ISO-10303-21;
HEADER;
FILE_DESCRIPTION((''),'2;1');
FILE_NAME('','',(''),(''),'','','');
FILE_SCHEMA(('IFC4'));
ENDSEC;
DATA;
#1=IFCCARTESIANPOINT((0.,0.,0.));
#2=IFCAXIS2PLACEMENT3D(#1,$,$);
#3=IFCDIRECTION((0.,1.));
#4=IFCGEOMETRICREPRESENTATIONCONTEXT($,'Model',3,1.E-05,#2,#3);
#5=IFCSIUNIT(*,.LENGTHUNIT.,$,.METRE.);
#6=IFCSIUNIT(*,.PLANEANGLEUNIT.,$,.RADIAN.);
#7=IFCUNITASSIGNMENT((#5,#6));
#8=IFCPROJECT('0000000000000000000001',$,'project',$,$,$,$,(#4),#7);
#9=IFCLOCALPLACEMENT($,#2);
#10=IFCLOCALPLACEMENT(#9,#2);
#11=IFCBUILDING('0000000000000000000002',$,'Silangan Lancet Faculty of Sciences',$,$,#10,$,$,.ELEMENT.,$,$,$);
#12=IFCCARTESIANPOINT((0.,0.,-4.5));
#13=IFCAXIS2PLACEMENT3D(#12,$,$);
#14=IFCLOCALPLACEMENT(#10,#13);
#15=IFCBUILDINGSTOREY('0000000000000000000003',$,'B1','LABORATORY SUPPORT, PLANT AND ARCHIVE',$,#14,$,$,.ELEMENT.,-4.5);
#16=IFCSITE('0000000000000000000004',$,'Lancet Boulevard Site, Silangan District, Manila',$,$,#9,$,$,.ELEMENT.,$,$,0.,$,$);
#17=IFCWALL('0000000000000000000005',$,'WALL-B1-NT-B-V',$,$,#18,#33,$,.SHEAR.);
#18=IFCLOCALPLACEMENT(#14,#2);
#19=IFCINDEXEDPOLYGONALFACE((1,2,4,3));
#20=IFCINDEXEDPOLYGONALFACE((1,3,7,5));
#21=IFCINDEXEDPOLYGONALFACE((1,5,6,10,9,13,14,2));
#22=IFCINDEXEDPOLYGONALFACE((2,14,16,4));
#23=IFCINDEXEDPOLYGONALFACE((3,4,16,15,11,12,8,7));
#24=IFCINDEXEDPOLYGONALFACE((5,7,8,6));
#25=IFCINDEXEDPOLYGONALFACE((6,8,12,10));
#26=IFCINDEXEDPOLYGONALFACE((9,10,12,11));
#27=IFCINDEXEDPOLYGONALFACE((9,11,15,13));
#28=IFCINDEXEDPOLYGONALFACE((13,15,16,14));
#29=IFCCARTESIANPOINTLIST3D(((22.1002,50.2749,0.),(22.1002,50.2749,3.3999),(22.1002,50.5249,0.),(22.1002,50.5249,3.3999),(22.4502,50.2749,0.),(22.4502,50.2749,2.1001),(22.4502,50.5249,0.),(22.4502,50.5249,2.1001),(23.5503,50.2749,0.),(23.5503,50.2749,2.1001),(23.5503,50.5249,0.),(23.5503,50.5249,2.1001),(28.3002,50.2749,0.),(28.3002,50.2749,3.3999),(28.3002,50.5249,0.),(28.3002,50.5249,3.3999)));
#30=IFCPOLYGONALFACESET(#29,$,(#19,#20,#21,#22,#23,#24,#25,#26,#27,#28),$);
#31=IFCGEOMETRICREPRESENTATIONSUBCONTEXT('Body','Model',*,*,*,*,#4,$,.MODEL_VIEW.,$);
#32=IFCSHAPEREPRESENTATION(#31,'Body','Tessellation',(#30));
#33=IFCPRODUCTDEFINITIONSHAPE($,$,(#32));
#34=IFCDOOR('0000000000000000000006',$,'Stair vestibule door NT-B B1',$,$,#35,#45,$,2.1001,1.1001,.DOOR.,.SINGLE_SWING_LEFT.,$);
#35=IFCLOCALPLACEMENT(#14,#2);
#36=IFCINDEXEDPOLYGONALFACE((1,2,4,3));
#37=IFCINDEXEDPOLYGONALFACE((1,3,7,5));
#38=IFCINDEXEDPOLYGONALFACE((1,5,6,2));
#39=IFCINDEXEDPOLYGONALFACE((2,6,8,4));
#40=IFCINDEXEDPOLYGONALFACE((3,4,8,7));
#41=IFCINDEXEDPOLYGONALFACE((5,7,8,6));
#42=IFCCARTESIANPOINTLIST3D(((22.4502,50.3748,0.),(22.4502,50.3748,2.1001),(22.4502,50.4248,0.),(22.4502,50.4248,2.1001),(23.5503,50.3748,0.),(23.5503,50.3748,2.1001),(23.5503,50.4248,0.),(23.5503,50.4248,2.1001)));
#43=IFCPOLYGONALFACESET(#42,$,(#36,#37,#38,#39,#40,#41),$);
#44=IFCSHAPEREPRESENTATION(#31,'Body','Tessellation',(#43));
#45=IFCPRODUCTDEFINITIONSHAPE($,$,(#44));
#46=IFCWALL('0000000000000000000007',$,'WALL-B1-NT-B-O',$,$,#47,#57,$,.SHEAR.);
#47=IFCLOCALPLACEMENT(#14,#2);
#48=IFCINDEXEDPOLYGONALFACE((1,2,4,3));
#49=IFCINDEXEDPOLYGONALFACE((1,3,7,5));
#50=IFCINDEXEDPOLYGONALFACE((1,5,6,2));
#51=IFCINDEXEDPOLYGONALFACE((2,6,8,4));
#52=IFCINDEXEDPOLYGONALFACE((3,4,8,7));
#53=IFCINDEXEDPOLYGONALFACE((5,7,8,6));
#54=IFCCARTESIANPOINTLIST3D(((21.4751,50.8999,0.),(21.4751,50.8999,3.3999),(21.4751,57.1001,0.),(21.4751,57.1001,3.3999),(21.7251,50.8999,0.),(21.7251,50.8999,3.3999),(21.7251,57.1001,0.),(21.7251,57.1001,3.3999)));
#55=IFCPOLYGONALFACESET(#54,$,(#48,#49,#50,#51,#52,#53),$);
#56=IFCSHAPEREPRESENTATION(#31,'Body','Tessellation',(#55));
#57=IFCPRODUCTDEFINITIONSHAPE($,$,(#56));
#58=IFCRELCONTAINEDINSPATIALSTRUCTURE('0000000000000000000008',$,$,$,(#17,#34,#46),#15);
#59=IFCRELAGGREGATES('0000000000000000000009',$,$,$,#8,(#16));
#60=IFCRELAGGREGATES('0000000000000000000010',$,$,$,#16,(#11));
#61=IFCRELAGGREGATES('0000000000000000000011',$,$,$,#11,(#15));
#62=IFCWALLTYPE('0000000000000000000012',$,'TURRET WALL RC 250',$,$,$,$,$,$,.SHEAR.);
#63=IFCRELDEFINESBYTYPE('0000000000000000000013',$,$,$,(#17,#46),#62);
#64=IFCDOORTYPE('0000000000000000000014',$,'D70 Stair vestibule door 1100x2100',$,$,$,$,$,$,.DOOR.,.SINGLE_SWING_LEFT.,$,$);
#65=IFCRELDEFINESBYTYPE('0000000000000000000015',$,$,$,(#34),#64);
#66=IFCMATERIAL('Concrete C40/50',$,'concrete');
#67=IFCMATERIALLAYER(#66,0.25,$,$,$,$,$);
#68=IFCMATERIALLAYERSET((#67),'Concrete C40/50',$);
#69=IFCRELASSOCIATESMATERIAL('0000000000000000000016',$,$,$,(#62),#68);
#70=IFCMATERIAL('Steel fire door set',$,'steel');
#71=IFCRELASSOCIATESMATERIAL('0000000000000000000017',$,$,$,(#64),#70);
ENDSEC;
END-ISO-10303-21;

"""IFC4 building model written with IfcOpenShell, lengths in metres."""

from ifc_helpers import new_model, si_unit, direction, frame, frame_2d, origin, place, context, subcontext, project, spatial, rectangle, extrude, material, layer, layer_set, type_object, element, fill, save


model = new_model("IFC4")

# Units and contexts
model_context = context("Model", 3, precision=1e-05, world=origin(), true_north=direction((0.0, 1.0)))
body_context = subcontext(model_context, "Body", "Model", "MODEL_VIEW")
ifc_project = project(units=[si_unit("LENGTHUNIT", "METRE"), si_unit("PLANEANGLEUNIT", "RADIAN")], contexts=[model_context])

# Site, building, storey
site_placement = place(None, origin())
site = spatial("IfcSite", under=ifc_project, at=site_placement, Name="Lancet Boulevard Site, Silangan District, Manila", CompositionType="ELEMENT", RefElevation=0.0)
building_placement = place(site_placement, origin())
building = spatial("IfcBuilding", under=site, at=building_placement, Name="Silangan Lancet Faculty of Sciences", CompositionType="ELEMENT")
storey_placement = place(building_placement, frame((0.0, 0.0, -4.5)))
storey = spatial("IfcBuildingStorey", under=building, at=storey_placement, Name="B1", Description="LABORATORY SUPPORT, PLANT AND ARCHIVE", CompositionType="ELEMENT", Elevation=-4.5)

# Shared definitions
ifc_material_1 = material(Name="Concrete C40/50", Category="concrete")
ifc_layer_1 = layer(ifc_material_1, 0.25)
ifc_layer_set_1 = layer_set([ifc_layer_1], Name="Concrete C40/50")
wall_type_1 = type_object("IfcWallType", Name="TURRET WALL RC 250", PredefinedType="SHEAR", material=ifc_layer_set_1)

# Wall, opening, door
wall_1_placement = place(storey_placement, frame((22.1001, 50.3999, 0.0), z_axis=(0.0, 0.0, 1.0), x_axis=(1.0, 0.0, 0.0)))
wall_1 = element("IfcWall", 1, at=wall_1_placement, inside=storey, type_object=wall_type_1, Name="WALL-B1-NT-B-V", PredefinedType="SHEAR", context=body_context, shape_type="SweptSolid", body=[
    extrude(rectangle(XDim=6.2, YDim=0.25, at=frame_2d((3.1001, 0.0))), origin(), (0.0, 0.0, 1.0), 3.3999),
])
opening_1_placement = place(wall_1_placement, frame((0.3501, 0.0, 0.0)))
opening_1 = element("IfcOpeningElement", 2, at=opening_1_placement, cuts=wall_1, PredefinedType="OPENING", context=body_context, shape_type="SweptSolid", body=[
    extrude(rectangle(XDim=1.1001, YDim=2.1001, at=frame_2d((0.55, 1.05))), frame((0.0, 0.135, 0.0), z_axis=(0.0, -1.0, 0.0), x_axis=(1.0, 0.0, 0.0)), (0.0, 0.0, 1.0), 0.27),
])
ifc_material_2 = material(Name="Steel fire door set", Category="steel")
door_type_1 = type_object("IfcDoorType", Name="D70 Stair vestibule door 1100x2100", OperationType="SINGLE_SWING_LEFT", PredefinedType="DOOR", material=ifc_material_2)
door_1_placement = place(opening_1_placement, origin())
door_1 = element("IfcDoor", 3, at=door_1_placement, inside=storey, type_object=door_type_1, Name="Stair vestibule door NT-B B1", OperationType="SINGLE_SWING_LEFT", OverallHeight=2.1001, OverallWidth=1.1001, PredefinedType="DOOR", context=body_context, shape_type="SweptSolid", body=[
    extrude(rectangle(XDim=1.1001, YDim=2.1001, at=frame_2d((0.55, 1.05))), frame((0.0, 0.0249, 0.0), z_axis=(0.0, -1.0, 0.0), x_axis=(1.0, 0.0, 0.0)), (0.0, 0.0, 1.0), 0.05),
])
fill(opening_1, door_1)

# Wall
wall_2_placement = place(storey_placement, frame((21.6001, 50.8999, 0.0), z_axis=(0.0, 0.0, 1.0), x_axis=(0.0, 1.0, 0.0)))
element("IfcWall", 4, at=wall_2_placement, inside=storey, type_object=wall_type_1, Name="WALL-B1-NT-B-O", PredefinedType="SHEAR", context=body_context, shape_type="SweptSolid", body=[
    extrude(rectangle(XDim=6.2002, YDim=0.25, at=frame_2d((3.1001, 0.0))), origin(), (0.0, 0.0, 1.0), 3.3999),
])

save(model, "model.ifc")
